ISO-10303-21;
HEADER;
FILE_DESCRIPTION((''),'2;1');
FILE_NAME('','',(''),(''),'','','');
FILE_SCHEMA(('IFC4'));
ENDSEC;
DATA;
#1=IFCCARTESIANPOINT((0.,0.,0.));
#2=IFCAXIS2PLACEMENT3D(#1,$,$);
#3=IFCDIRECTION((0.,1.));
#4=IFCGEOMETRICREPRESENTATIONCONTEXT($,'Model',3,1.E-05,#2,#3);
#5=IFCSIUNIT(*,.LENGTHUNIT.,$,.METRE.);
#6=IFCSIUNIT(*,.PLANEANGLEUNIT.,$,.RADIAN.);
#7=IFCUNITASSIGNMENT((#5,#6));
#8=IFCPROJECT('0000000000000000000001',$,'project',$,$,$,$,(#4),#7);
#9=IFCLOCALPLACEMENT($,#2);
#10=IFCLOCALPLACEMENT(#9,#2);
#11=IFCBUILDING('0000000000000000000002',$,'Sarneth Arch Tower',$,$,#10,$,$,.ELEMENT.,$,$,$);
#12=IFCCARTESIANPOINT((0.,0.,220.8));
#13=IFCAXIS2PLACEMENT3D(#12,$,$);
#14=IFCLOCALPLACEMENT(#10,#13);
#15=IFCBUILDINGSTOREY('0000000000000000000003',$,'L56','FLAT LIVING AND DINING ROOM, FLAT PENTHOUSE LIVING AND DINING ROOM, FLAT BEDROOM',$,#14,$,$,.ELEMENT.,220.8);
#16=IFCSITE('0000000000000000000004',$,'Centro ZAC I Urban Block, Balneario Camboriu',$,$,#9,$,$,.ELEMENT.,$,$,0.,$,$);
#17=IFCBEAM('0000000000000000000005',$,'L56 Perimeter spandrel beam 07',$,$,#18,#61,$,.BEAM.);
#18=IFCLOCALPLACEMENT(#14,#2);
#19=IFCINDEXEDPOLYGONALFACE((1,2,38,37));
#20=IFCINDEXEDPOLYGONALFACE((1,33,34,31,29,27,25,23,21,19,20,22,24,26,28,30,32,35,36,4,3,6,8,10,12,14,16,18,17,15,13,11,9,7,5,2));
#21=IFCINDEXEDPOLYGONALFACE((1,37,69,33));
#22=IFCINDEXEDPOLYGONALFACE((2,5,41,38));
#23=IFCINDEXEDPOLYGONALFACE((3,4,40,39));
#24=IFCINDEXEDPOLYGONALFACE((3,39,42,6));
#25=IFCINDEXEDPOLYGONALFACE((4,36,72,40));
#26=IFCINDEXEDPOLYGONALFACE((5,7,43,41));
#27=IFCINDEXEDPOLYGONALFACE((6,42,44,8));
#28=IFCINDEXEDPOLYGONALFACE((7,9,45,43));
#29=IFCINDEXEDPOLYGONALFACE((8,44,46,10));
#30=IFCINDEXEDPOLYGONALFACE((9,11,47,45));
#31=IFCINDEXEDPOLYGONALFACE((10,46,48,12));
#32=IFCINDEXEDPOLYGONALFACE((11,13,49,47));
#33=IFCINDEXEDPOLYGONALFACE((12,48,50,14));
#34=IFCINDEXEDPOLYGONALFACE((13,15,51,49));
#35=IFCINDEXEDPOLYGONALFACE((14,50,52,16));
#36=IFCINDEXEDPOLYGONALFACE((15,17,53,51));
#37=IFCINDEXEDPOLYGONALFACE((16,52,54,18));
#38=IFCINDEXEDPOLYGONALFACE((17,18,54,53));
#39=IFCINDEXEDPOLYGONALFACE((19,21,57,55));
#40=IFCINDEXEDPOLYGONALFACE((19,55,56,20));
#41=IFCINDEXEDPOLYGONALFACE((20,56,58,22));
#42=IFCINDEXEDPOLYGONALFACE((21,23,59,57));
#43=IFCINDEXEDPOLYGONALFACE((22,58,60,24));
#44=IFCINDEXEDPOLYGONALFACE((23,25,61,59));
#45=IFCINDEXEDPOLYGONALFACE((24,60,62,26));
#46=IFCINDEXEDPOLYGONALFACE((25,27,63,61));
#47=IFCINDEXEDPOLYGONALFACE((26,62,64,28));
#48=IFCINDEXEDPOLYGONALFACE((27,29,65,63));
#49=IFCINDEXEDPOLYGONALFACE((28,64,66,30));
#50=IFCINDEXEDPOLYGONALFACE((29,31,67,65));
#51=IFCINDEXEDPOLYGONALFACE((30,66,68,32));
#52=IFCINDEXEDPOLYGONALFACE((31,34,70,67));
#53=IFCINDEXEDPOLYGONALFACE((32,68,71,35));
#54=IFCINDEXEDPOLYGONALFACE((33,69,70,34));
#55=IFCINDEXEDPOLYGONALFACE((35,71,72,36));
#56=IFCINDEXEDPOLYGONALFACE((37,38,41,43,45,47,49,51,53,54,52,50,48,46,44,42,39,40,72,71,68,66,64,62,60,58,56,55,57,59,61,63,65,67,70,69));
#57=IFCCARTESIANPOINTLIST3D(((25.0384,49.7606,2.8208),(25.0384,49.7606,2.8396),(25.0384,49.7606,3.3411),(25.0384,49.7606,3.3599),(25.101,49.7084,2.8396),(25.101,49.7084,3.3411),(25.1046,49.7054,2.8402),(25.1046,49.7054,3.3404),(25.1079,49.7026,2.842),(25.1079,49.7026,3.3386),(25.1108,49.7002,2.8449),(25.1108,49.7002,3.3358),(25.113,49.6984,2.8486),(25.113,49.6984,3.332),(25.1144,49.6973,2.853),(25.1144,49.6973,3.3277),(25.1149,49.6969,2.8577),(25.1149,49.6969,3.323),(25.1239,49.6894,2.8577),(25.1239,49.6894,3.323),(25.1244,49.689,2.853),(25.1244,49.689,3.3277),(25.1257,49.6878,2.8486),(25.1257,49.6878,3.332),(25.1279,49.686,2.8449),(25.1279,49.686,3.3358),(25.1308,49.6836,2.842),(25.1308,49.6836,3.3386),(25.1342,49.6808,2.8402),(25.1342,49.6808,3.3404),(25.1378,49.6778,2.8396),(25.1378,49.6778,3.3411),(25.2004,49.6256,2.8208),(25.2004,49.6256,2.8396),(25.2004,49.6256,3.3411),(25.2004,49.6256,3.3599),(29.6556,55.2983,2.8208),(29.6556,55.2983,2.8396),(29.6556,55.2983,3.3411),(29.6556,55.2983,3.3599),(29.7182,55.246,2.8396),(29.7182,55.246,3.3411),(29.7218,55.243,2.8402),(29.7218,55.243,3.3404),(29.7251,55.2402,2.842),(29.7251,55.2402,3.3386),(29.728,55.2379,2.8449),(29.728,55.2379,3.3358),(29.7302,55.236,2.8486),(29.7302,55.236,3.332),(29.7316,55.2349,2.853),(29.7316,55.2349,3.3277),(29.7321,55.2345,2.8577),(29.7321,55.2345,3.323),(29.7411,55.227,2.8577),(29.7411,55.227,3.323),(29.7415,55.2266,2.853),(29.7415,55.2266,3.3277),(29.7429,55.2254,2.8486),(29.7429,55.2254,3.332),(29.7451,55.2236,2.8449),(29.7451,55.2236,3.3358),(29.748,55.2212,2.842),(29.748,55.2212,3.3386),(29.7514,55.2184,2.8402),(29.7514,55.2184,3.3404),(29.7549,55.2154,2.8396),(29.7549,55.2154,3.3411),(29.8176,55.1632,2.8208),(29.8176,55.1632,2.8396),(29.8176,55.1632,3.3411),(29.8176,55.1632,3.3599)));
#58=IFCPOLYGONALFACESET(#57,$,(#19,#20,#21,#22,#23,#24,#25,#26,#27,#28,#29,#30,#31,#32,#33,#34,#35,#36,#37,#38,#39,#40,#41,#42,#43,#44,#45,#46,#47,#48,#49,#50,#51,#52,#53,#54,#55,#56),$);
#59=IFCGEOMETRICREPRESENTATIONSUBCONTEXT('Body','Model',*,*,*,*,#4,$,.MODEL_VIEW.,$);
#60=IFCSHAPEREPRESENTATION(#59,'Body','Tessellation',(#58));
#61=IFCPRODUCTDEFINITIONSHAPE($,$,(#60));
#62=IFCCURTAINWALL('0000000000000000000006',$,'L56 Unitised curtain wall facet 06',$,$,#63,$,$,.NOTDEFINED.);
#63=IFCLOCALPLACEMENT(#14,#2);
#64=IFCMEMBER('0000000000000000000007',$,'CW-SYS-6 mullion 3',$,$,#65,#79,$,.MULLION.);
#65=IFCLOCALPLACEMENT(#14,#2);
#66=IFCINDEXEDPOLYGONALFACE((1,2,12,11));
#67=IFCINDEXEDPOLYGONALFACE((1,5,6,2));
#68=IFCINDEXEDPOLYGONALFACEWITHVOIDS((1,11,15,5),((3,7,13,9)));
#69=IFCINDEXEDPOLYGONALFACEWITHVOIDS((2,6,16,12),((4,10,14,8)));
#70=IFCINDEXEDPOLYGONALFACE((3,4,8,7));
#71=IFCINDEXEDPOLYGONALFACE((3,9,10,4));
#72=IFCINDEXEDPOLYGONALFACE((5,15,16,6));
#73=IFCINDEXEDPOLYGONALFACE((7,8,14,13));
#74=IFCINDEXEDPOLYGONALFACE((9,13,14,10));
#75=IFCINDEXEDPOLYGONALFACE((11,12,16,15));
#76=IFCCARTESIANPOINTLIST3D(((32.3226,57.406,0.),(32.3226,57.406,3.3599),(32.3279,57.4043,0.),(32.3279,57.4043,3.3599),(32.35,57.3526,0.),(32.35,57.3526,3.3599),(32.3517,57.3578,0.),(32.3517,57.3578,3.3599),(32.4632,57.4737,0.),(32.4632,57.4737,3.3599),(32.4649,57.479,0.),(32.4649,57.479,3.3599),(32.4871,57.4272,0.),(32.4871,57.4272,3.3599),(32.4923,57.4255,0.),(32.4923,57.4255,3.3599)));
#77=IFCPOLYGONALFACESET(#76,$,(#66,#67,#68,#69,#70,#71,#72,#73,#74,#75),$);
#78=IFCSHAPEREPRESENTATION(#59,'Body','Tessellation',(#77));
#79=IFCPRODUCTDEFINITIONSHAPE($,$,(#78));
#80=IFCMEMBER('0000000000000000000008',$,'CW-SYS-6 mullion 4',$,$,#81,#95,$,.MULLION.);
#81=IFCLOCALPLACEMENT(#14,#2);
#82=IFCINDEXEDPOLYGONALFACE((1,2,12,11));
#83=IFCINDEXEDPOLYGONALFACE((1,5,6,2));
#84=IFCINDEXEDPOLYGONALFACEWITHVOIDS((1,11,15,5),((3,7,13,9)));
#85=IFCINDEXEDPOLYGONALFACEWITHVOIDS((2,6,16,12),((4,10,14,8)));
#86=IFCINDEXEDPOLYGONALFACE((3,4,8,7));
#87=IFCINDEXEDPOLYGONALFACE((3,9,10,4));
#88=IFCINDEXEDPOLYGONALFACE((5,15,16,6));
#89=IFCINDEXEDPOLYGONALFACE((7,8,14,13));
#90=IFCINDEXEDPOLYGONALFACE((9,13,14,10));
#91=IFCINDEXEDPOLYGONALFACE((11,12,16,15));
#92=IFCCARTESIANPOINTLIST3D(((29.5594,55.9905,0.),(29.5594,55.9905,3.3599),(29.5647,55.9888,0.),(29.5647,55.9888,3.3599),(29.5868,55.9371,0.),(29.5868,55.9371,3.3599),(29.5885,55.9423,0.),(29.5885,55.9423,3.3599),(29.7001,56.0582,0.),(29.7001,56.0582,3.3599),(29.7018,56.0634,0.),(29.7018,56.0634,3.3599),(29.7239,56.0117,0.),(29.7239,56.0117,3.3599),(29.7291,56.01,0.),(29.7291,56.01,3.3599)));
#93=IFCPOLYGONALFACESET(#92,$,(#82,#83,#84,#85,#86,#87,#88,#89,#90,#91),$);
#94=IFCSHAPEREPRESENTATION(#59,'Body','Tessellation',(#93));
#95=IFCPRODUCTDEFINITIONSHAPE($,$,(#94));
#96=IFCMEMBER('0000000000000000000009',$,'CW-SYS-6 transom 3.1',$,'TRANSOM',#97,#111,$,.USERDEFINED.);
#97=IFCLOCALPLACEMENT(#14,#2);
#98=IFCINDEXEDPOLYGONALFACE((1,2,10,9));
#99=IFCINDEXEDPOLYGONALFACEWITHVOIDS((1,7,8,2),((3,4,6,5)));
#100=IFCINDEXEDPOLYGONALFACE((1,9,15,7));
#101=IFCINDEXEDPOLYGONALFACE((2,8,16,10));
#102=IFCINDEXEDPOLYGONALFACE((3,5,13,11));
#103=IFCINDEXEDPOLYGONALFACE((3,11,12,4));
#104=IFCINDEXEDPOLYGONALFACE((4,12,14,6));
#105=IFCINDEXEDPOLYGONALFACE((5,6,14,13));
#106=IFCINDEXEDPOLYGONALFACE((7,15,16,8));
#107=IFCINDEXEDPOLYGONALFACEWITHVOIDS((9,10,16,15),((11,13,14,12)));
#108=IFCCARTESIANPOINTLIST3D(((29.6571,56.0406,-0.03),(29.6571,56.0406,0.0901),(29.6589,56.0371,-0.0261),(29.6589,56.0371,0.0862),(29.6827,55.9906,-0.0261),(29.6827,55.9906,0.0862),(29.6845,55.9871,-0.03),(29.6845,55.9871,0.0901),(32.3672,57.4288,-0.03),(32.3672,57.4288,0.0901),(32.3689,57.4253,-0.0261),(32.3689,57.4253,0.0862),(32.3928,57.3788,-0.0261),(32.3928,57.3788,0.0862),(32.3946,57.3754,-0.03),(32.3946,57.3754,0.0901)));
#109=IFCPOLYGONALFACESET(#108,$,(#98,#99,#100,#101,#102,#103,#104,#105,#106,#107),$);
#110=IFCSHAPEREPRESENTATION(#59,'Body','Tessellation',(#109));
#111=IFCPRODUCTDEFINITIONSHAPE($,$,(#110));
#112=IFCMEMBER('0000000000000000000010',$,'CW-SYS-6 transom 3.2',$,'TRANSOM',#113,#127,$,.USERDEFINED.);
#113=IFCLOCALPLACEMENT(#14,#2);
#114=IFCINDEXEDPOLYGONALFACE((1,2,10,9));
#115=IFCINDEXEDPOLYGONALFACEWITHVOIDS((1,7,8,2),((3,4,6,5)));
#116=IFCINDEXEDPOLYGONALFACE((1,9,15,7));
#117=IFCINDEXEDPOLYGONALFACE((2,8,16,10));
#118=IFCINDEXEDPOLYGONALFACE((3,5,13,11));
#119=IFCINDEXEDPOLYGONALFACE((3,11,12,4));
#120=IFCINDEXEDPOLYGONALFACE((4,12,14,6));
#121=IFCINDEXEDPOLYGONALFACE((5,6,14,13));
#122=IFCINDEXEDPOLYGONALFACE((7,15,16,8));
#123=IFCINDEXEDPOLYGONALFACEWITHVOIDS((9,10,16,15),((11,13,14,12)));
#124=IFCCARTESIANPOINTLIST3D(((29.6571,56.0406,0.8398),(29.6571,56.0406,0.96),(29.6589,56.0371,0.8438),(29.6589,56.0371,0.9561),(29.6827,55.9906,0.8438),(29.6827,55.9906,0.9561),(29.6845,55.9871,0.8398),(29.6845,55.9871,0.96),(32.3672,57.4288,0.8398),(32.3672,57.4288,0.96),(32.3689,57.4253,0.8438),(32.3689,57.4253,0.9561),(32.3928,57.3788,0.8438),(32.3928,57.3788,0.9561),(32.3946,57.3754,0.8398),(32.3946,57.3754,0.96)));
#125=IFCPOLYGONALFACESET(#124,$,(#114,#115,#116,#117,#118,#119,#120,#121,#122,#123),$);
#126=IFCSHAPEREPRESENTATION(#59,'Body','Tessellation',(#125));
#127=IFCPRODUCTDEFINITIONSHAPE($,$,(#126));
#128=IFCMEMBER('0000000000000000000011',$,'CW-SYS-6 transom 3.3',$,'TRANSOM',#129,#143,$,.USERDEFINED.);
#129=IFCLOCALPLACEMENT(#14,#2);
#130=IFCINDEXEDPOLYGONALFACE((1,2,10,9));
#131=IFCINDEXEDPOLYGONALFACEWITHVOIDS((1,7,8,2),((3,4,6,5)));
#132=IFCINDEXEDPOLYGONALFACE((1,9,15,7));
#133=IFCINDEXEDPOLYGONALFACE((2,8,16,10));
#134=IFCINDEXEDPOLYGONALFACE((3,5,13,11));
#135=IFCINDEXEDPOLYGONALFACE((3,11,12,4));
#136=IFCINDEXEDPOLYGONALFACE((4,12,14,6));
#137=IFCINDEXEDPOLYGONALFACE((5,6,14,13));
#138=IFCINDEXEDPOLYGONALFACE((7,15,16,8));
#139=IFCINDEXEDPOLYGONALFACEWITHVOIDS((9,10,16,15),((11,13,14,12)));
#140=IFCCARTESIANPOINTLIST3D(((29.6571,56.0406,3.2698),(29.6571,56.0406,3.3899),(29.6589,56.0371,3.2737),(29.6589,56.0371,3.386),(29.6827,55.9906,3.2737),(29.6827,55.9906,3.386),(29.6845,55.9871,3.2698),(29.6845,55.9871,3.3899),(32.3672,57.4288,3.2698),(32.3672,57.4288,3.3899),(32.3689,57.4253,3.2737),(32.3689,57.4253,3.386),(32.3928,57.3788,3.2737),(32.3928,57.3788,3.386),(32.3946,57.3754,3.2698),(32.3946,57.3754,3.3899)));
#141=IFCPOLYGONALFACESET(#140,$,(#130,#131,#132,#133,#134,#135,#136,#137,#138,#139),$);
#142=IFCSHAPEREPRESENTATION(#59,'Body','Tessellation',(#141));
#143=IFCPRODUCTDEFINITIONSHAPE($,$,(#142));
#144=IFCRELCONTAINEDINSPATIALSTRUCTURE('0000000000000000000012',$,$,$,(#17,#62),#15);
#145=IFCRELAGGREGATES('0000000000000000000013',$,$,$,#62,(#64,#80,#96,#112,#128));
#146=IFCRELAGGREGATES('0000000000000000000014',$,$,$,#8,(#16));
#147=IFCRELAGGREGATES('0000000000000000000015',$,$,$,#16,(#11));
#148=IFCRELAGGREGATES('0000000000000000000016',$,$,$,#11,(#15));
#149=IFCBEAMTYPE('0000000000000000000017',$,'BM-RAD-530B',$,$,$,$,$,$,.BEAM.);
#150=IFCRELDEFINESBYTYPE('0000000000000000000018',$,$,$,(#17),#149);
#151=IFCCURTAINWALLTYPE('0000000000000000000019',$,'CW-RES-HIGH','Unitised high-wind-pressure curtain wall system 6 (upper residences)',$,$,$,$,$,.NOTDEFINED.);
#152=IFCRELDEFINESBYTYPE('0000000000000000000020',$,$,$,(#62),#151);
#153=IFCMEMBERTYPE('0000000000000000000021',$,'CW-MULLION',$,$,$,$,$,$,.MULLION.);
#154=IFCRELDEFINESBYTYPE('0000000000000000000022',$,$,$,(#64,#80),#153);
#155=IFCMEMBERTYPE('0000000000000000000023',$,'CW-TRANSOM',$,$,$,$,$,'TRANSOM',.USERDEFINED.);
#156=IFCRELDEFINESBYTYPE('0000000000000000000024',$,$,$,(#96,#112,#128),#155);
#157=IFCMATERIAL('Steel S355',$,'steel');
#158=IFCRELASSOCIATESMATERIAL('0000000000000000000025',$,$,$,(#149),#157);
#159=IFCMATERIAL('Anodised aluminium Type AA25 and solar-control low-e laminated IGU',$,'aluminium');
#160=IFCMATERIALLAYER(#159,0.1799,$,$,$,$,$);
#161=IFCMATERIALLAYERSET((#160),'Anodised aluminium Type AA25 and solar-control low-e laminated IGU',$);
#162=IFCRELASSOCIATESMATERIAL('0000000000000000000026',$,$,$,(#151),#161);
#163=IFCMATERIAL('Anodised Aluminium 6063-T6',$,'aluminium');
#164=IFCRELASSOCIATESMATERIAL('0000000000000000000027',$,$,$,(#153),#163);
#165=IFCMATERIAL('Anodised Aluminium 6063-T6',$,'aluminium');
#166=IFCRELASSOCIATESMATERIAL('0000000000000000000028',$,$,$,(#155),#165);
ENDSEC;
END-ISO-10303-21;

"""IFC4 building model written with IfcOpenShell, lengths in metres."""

from ifc_helpers import new_model, si_unit, direction, frame, origin, origin_2d, place, context, subcontext, project, spatial, hollow_rectangle, i_section, extrude, material, layer, layer_set, material_profile, profile_set, type_object, element, aggregate, save


model = new_model("IFC4")

# Units and contexts
model_context = context("Model", 3, precision=1e-05, world=origin(), true_north=direction((0.0, 1.0)))
body_context = subcontext(model_context, "Body", "Model", "MODEL_VIEW")
ifc_project = project(units=[si_unit("LENGTHUNIT", "METRE"), si_unit("PLANEANGLEUNIT", "RADIAN")], contexts=[model_context])

# Site, building, storey
site_placement = place(None, origin())
site = spatial("IfcSite", under=ifc_project, at=site_placement, Name="Centro ZAC I Urban Block, Balneario Camboriu", CompositionType="ELEMENT", RefElevation=0.0)
building_placement = place(site_placement, origin())
building = spatial("IfcBuilding", under=site, at=building_placement, Name="Sarneth Arch Tower", CompositionType="ELEMENT")
storey_placement = place(building_placement, frame((0.0, 0.0, 220.8)))
storey = spatial("IfcBuildingStorey", under=building, at=storey_placement, Name="L56", Description="FLAT LIVING AND DINING ROOM, FLAT PENTHOUSE LIVING AND DINING ROOM, FLAT BEDROOM", CompositionType="ELEMENT", Elevation=220.8)

# Beam
ifc_material_1 = material(Name="Steel S355", Category="steel")
ifc_material_profile_1 = material_profile(ifc_material_1, i_section(OverallWidth=0.2109, OverallDepth=0.5391, WebThickness=0.0117, FlangeThickness=0.0188, FilletRadius=0.0181, at=origin_2d()), Name="W530x109")
ifc_profile_set_1 = profile_set([ifc_material_profile_1], Name="Steel S355")
beam_type = type_object("IfcBeamType", Name="BM-RAD-530B", PredefinedType="BEAM", material=ifc_profile_set_1)
beam_placement = place(storey_placement, frame((29.7366, 55.2307, 3.0903), z_axis=(-0.640391, -0.768049, 0.0), x_axis=(0.768049, -0.640391, 0.0)))
element("IfcBeam", 1, at=beam_placement, inside=storey, type_object=beam_type, Name="L56 Perimeter spandrel beam 07", PredefinedType="BEAM", context=body_context, shape_type="SweptSolid", body=[
    extrude(i_section(OverallWidth=0.2109, OverallDepth=0.5391, WebThickness=0.0117, FlangeThickness=0.0188, FilletRadius=0.0181, at=origin_2d()), origin(), (0.0, 0.0, 1.0), 7.21),
])

# Curtain wall, members
ifc_material_2 = material(Name="Anodised aluminium Type AA25 and solar-control low-e laminated IGU", Category="aluminium")
ifc_layer_1 = layer(ifc_material_2, 0.1799)
ifc_layer_set_1 = layer_set([ifc_layer_1], Name="Anodised aluminium Type AA25 and solar-control low-e laminated IGU")
curtain_wall_type = type_object("IfcCurtainWallType", Name="CW-RES-HIGH", Description="Unitised high-wind-pressure curtain wall system 6 (upper residences)", PredefinedType="NOTDEFINED", material=ifc_layer_set_1)
curtain_wall_placement = place(storey_placement, origin())
curtain_wall = element("IfcCurtainWall", 2, at=curtain_wall_placement, inside=storey, type_object=curtain_wall_type, Name="L56 Unitised curtain wall facet 06", PredefinedType="NOTDEFINED")
ifc_material_3 = material(Name="Anodised Aluminium 6063-T6", Category="aluminium")
ifc_material_profile_2 = material_profile(ifc_material_3, hollow_rectangle(XDim=0.0601, YDim=0.1599, WallThickness=0.0039, at=origin_2d()), Name="AL-MULL-160x60x4")
ifc_profile_set_2 = profile_set([ifc_material_profile_2], Name="Anodised Aluminium 6063-T6")
member_type_1 = type_object("IfcMemberType", Name="CW-MULLION", PredefinedType="MULLION", material=ifc_profile_set_2)
member_1_placement = place(storey_placement, frame((32.4075, 57.4158, 0.0), z_axis=(0.0, 0.0, 1.0), x_axis=(0.455942, -0.89001, 0.0)))
member_1 = element("IfcMember", 3, at=member_1_placement, type_object=member_type_1, Name="CW-SYS-6 mullion 3", PredefinedType="MULLION", context=body_context, shape_type="SweptSolid", body=[
    extrude(hollow_rectangle(XDim=0.0601, YDim=0.1599, WallThickness=0.0039, at=origin_2d()), origin(), (0.0, 0.0, 1.0), 3.3599),
])
member_2_placement = place(storey_placement, frame((29.6443, 56.0002, 0.0), z_axis=(0.0, 0.0, 1.0), x_axis=(0.455942, -0.89001, 0.0)))
member_2 = element("IfcMember", 4, at=member_2_placement, type_object=member_type_1, Name="CW-SYS-6 mullion 4", PredefinedType="MULLION", context=body_context, shape_type="SweptSolid", body=[
    extrude(hollow_rectangle(XDim=0.0601, YDim=0.1599, WallThickness=0.0039, at=origin_2d()), origin(), (0.0, 0.0, 1.0), 3.3599),
])
ifc_material_4 = material(Name="Anodised Aluminium 6063-T6", Category="aluminium")
ifc_material_profile_3 = material_profile(ifc_material_4, hollow_rectangle(XDim=0.0601, YDim=0.1201, WallThickness=0.0039, at=origin_2d()), Name="AL-TRAN-120x60x4")
ifc_profile_set_3 = profile_set([ifc_material_profile_3], Name="Anodised Aluminium 6063-T6")
member_type_2 = type_object("IfcMemberType", Name="CW-TRANSOM", ElementType="TRANSOM", PredefinedType="USERDEFINED", material=ifc_profile_set_3)
member_3_placement = place(storey_placement, frame((32.3809, 57.4021, 0.03), z_axis=(-0.890023, -0.455916, 0.0), x_axis=(0.455916, -0.890023, 0.0)))
member_3 = element("IfcMember", 5, at=member_3_placement, type_object=member_type_2, Name="CW-SYS-6 transom 3.1", ObjectType="TRANSOM", PredefinedType="USERDEFINED", context=body_context, shape_type="SweptSolid", body=[
    extrude(hollow_rectangle(XDim=0.0601, YDim=0.1201, WallThickness=0.0039, at=origin_2d()), origin(), (0.0, 0.0, 1.0), 3.0449),
])
member_4_placement = place(storey_placement, frame((32.3809, 57.4021, 0.8999), z_axis=(-0.890023, -0.455916, 0.0), x_axis=(0.455916, -0.890023, 0.0)))
member_4 = element("IfcMember", 6, at=member_4_placement, type_object=member_type_2, Name="CW-SYS-6 transom 3.2", ObjectType="TRANSOM", PredefinedType="USERDEFINED", context=body_context, shape_type="SweptSolid", body=[
    extrude(hollow_rectangle(XDim=0.0601, YDim=0.1201, WallThickness=0.0039, at=origin_2d()), origin(), (0.0, 0.0, 1.0), 3.0449),
])
member_5_placement = place(storey_placement, frame((32.3809, 57.4021, 3.3298), z_axis=(-0.890023, -0.455916, 0.0), x_axis=(0.455916, -0.890023, 0.0)))
member_5 = element("IfcMember", 7, at=member_5_placement, type_object=member_type_2, Name="CW-SYS-6 transom 3.3", ObjectType="TRANSOM", PredefinedType="USERDEFINED", context=body_context, shape_type="SweptSolid", body=[
    extrude(hollow_rectangle(XDim=0.0601, YDim=0.1201, WallThickness=0.0039, at=origin_2d()), origin(), (0.0, 0.0, 1.0), 3.0449),
])

aggregate(curtain_wall, [member_1, member_2, member_3, member_4, member_5])

save(model, "model.ifc")
